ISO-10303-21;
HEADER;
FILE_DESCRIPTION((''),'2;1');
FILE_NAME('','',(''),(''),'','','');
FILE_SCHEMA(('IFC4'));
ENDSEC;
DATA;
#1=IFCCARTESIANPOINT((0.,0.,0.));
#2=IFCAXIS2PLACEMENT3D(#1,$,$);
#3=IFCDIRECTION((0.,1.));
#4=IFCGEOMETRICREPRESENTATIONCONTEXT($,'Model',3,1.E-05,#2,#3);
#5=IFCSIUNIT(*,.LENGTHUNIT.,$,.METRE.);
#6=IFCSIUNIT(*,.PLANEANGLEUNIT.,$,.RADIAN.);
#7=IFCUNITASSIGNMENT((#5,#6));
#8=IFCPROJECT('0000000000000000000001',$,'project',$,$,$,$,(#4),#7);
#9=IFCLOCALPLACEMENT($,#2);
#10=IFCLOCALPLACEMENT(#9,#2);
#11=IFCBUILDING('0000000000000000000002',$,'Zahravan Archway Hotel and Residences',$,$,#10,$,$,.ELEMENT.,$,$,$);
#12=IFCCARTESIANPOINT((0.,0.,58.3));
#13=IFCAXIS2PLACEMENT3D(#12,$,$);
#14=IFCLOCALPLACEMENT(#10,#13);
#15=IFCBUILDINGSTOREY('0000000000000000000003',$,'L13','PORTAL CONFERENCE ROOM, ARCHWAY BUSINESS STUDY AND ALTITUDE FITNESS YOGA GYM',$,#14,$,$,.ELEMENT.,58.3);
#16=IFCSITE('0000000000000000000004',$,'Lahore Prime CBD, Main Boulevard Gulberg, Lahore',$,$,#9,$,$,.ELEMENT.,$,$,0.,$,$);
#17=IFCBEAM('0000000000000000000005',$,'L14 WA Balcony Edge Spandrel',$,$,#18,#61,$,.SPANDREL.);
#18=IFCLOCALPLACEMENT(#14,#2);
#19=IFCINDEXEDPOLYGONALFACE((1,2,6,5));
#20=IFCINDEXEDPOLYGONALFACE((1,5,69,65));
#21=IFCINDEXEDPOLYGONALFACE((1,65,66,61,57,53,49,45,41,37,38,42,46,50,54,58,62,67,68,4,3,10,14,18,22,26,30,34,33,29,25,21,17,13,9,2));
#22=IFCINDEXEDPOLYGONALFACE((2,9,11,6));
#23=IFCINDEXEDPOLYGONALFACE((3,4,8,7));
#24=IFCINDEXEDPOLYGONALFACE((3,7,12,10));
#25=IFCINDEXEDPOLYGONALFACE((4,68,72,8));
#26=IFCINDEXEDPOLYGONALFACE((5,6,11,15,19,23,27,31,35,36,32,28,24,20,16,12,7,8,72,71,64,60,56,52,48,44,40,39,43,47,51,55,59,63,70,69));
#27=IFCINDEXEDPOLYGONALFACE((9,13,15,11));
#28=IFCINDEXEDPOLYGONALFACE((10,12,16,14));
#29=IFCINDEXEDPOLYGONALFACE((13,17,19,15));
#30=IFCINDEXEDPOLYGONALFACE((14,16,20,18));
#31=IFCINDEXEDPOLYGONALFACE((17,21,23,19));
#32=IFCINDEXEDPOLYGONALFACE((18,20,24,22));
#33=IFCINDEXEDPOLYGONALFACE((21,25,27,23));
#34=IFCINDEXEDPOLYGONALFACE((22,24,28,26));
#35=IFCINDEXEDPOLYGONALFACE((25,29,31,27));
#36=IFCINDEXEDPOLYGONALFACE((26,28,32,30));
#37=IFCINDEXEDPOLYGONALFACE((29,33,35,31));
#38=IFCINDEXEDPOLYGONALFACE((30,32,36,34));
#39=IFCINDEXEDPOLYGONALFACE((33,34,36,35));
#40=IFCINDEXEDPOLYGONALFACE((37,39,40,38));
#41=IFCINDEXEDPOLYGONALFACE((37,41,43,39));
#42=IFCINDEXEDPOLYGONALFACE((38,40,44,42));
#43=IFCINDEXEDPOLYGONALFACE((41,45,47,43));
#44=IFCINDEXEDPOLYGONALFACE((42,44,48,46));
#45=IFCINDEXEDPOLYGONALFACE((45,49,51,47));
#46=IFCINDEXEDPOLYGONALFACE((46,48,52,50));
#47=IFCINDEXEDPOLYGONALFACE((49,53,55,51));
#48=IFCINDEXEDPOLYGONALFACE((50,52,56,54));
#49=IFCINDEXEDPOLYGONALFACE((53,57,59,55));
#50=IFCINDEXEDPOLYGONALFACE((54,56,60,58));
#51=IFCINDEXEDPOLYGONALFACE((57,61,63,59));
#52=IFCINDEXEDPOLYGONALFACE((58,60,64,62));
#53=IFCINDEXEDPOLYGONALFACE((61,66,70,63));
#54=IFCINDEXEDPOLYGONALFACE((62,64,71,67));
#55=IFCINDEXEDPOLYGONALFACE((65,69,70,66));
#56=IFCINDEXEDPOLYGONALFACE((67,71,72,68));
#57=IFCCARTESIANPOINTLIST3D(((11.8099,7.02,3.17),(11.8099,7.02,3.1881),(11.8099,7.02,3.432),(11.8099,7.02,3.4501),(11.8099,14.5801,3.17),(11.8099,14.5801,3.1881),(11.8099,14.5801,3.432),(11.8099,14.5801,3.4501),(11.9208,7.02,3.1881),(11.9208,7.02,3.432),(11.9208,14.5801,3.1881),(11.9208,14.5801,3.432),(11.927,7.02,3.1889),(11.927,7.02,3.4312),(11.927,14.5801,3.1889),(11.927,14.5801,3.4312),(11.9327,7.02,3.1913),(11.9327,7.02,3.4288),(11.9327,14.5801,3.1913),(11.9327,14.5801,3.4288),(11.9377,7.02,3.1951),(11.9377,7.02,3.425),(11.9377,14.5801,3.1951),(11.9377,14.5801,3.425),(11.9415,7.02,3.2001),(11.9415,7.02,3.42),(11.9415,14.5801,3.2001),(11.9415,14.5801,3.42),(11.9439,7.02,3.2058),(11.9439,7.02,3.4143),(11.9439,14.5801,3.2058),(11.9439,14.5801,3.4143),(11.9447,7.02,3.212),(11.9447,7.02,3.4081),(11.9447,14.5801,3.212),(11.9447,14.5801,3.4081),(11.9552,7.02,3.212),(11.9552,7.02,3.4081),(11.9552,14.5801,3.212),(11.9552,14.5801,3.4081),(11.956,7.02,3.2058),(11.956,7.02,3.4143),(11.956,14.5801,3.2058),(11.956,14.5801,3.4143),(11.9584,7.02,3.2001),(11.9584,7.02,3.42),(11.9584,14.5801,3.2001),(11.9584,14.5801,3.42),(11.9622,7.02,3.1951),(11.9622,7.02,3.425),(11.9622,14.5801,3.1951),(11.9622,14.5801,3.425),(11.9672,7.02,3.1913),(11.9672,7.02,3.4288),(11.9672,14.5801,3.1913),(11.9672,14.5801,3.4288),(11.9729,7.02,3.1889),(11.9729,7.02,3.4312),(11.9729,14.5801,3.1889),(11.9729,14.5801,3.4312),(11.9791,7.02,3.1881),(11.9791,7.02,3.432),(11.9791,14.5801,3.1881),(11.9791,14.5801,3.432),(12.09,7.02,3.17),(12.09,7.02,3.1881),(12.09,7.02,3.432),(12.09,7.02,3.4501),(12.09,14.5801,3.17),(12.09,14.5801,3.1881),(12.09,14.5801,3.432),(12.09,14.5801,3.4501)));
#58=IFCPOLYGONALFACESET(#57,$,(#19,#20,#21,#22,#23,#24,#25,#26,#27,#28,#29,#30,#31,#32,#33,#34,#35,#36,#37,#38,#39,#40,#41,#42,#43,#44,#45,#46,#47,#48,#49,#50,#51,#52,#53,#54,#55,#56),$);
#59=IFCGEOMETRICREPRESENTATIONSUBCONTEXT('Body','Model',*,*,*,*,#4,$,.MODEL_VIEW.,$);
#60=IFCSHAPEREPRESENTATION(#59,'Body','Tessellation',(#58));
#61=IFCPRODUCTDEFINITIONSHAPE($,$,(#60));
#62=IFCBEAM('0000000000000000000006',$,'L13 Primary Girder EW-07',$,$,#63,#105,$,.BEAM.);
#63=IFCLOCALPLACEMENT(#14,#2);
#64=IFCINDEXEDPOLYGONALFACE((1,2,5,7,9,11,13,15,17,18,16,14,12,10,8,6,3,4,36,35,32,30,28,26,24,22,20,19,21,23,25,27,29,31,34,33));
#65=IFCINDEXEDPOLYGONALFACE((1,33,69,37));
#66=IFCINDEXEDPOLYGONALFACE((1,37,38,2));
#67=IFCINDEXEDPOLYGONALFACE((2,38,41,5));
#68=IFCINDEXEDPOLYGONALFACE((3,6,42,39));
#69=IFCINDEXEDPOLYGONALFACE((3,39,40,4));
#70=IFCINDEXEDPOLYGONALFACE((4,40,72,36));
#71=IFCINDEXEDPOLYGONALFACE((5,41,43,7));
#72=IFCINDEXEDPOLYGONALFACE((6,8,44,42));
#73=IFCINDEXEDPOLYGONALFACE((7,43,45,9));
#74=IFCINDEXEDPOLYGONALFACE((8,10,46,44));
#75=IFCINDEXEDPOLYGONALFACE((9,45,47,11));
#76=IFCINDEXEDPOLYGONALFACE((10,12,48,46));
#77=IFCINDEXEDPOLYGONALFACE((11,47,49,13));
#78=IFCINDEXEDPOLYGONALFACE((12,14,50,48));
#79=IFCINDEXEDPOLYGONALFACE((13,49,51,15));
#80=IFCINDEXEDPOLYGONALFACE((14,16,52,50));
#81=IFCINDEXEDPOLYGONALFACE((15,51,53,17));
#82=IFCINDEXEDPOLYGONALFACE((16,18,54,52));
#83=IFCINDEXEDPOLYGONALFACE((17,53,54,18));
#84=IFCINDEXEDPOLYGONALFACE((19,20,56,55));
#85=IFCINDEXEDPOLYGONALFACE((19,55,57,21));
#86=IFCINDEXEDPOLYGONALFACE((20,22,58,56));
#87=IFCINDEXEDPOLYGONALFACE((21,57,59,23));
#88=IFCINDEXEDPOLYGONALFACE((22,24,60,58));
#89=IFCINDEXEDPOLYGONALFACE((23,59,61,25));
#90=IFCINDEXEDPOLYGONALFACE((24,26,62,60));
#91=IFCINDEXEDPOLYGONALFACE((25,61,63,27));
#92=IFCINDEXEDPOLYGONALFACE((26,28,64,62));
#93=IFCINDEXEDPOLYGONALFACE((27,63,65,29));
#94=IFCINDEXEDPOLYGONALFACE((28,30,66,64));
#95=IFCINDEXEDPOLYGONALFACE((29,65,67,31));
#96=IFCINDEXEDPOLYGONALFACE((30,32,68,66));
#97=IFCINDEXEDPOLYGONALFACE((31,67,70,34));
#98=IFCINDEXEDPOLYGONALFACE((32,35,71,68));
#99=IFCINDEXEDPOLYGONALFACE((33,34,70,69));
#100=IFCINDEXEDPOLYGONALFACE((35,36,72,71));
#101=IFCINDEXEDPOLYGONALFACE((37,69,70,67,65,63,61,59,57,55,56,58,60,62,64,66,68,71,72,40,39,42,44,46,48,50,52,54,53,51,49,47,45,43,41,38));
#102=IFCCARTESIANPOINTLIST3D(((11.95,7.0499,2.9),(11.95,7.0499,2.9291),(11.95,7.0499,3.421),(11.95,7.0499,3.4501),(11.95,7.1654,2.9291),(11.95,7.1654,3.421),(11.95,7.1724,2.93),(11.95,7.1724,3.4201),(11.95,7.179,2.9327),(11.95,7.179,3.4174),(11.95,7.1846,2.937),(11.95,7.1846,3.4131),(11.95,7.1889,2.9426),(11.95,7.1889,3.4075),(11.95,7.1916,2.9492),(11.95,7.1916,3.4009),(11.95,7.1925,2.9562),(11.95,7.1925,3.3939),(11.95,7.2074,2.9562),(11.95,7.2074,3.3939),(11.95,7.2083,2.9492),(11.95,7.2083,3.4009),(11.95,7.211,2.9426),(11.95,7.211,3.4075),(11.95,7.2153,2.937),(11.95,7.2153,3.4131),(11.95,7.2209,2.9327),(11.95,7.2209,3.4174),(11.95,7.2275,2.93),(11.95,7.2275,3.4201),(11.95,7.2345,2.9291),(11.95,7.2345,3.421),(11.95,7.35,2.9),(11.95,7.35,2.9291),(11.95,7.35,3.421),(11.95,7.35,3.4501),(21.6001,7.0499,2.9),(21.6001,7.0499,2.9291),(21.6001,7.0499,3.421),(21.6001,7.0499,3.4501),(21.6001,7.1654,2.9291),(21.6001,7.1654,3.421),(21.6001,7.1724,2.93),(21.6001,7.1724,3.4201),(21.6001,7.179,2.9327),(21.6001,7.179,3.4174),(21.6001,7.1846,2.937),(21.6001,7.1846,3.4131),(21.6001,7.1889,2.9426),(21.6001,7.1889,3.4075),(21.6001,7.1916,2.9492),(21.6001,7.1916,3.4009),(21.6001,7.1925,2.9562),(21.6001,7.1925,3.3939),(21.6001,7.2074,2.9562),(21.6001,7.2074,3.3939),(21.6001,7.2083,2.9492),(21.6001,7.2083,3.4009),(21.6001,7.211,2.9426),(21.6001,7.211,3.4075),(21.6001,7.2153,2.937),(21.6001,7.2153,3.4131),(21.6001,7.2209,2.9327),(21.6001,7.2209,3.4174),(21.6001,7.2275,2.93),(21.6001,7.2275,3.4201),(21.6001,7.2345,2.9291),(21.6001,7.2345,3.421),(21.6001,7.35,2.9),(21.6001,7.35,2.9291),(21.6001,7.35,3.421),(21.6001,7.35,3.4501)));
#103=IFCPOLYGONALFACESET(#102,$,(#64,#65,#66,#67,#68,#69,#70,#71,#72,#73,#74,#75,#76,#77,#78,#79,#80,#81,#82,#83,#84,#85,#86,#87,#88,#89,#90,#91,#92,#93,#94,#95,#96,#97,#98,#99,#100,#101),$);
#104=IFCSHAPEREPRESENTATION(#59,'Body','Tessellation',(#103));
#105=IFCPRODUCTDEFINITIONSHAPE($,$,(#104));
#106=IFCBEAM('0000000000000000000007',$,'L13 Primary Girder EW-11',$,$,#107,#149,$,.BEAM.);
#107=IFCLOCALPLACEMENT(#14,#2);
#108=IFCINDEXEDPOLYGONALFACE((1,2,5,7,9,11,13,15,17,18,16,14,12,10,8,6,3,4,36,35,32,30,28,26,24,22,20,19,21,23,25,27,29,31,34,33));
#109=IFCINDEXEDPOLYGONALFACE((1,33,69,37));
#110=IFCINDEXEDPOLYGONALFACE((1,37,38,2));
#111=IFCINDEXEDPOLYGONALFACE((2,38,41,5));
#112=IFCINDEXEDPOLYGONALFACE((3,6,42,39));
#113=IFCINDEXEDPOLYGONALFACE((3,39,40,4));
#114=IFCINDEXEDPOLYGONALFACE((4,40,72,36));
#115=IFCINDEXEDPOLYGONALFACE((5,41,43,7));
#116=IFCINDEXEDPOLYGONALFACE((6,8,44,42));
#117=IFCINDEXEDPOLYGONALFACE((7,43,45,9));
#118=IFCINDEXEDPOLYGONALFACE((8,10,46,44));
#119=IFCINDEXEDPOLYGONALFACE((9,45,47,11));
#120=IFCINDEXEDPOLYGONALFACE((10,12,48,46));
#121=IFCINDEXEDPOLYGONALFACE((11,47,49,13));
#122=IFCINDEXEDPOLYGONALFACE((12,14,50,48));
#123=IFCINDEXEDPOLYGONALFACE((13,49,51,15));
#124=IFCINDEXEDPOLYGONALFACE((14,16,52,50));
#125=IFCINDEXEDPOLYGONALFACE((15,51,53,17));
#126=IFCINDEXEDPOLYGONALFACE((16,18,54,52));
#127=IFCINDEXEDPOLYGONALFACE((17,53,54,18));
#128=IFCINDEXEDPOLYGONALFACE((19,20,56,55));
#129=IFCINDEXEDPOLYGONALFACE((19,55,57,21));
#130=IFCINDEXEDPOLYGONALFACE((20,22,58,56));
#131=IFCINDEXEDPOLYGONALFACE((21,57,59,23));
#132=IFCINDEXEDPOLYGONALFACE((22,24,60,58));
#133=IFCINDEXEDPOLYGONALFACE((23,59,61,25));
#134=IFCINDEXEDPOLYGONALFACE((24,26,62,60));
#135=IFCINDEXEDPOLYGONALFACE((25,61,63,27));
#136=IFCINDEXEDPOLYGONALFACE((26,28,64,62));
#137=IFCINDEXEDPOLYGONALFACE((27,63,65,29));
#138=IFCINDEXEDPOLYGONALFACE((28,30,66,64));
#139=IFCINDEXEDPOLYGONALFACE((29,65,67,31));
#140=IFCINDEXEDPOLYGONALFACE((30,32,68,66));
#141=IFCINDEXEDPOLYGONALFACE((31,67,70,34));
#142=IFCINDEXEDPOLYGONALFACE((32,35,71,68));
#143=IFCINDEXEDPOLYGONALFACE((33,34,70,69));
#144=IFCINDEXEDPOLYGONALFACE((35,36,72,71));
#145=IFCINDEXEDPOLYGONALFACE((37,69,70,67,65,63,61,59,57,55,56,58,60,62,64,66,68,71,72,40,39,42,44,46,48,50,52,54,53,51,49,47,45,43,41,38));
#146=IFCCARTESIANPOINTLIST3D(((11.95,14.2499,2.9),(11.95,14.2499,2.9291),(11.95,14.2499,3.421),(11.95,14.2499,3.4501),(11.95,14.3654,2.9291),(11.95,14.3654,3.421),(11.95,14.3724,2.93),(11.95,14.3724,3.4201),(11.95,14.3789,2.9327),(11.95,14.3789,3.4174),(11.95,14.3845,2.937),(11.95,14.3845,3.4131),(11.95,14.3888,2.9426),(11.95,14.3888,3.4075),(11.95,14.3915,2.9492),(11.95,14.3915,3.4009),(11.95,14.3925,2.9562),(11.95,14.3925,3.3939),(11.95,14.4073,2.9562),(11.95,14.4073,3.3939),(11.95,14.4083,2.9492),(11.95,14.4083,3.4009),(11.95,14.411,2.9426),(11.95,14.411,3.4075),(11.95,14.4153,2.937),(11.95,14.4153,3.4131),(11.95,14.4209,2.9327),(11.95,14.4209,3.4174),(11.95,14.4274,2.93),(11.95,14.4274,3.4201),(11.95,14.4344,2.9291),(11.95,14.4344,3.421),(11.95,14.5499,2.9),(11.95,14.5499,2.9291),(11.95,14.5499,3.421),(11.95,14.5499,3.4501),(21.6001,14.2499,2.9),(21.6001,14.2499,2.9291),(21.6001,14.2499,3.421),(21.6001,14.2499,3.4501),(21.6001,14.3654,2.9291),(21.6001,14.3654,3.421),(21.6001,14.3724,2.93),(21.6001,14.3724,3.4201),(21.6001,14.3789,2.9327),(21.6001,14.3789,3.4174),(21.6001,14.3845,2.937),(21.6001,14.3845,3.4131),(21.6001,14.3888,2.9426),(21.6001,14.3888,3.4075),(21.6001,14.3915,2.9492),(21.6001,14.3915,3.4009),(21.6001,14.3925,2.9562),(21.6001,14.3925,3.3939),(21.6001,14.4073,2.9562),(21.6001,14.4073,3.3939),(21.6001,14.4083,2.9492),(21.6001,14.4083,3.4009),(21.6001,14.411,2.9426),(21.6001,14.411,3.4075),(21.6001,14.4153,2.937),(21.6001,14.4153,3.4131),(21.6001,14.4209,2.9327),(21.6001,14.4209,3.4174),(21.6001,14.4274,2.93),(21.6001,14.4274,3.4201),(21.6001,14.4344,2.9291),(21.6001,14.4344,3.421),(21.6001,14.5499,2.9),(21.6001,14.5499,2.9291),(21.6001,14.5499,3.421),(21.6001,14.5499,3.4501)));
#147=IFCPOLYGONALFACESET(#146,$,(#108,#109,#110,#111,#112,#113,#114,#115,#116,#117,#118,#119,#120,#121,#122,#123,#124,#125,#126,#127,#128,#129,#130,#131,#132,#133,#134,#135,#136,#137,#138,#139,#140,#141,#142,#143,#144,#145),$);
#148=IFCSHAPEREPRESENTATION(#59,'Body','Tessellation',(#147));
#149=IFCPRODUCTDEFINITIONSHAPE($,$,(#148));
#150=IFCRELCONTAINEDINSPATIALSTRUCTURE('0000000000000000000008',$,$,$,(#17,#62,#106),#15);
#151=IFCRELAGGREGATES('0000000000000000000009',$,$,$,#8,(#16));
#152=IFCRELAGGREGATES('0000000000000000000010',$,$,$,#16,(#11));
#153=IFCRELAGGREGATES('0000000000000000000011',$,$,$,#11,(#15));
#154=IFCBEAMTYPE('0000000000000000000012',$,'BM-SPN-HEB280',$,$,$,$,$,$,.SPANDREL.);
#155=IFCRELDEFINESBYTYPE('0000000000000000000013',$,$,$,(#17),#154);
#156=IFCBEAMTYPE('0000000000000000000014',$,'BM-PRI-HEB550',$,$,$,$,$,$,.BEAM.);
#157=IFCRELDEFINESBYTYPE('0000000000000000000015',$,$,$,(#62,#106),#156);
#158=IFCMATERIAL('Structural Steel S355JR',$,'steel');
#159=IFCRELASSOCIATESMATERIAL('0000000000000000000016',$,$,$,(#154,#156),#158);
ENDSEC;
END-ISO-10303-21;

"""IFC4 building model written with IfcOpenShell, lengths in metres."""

from ifc_helpers import new_model, si_unit, direction, frame, origin, origin_2d, place, context, subcontext, project, spatial, i_section, extrude, source, transform, mapped, material, material_profile, profile_set, type_object, type_shapes, element, save


model = new_model("IFC4")

# Units and contexts
model_context = context("Model", 3, precision=1e-05, world=origin(), true_north=direction((0.0, 1.0)))
body_context = subcontext(model_context, "Body", "Model", "MODEL_VIEW")
ifc_project = project(units=[si_unit("LENGTHUNIT", "METRE"), si_unit("PLANEANGLEUNIT", "RADIAN")], contexts=[model_context])

# Site, building, storey
site_placement = place(None, origin())
site = spatial("IfcSite", under=ifc_project, at=site_placement, Name="Lahore Prime CBD, Main Boulevard Gulberg, Lahore", CompositionType="ELEMENT", RefElevation=0.0)
building_placement = place(site_placement, origin())
building = spatial("IfcBuilding", under=site, at=building_placement, Name="Zahravan Archway Hotel and Residences", CompositionType="ELEMENT")
storey_placement = place(building_placement, frame((0.0, 0.0, 58.3)))
storey = spatial("IfcBuildingStorey", under=building, at=storey_placement, Name="L13", Description="PORTAL CONFERENCE ROOM, ARCHWAY BUSINESS STUDY AND ALTITUDE FITNESS YOGA GYM", CompositionType="ELEMENT", Elevation=58.3)

# Beams
ifc_material_1 = material(Name="Structural Steel S355JR", Category="steel")
ifc_material_profile_1 = material_profile(ifc_material_1, i_section(OverallWidth=0.28, OverallDepth=0.28, WebThickness=0.0105, FlangeThickness=0.0181, FilletRadius=0.0239, at=origin_2d()), Name="HEB 280", Category="steel")
ifc_profile_set_1 = profile_set([ifc_material_profile_1], Name="Structural Steel S355JR")
beam_type_1 = type_object("IfcBeamType", Name="BM-SPN-HEB280", PredefinedType="SPANDREL", material=ifc_profile_set_1)
shared_shape_1 = source(origin(), body_context, "Body", "SweptSolid", [
    extrude(i_section(OverallWidth=0.28, OverallDepth=0.28, WebThickness=0.0105, FlangeThickness=0.0181, FilletRadius=0.0239, at=origin_2d()), origin(), (0.0, 0.0, 1.0), 7.5601),
])
type_shapes(beam_type_1, [shared_shape_1])
beam_placement = place(storey_placement, frame((11.95, 7.02, 3.3101), z_axis=(0.0, 1.0, 0.0), x_axis=(-1.0, 0.0, 0.0)))
element("IfcBeam", 1, at=beam_placement, inside=storey, type_object=beam_type_1, Name="L14 WA Balcony Edge Spandrel", PredefinedType="SPANDREL", context=body_context, shape_type="MappedRepresentation", body=[
    mapped(shared_shape_1, transform((0.0, 0.0, 0.0), scale=1.0)),
])
ifc_material_profile_2 = material_profile(ifc_material_1, i_section(OverallWidth=0.3, OverallDepth=0.55, WebThickness=0.0149, FlangeThickness=0.0291, FilletRadius=0.0271, at=origin_2d()), Name="HEB 550", Category="steel")
ifc_profile_set_2 = profile_set([ifc_material_profile_2], Name="Structural Steel S355JR")
beam_type_2 = type_object("IfcBeamType", Name="BM-PRI-HEB550", PredefinedType="BEAM", material=ifc_profile_set_2)
shared_shape_2 = source(origin(), body_context, "Body", "SweptSolid", [
    extrude(i_section(OverallWidth=0.3, OverallDepth=0.55, WebThickness=0.0149, FlangeThickness=0.0291, FilletRadius=0.0271, at=origin_2d()), origin(), (0.0, 0.0, 1.0), 9.6501),
])
for number, where, z_axis, x_axis, name in (
    (2, (11.95, 7.2, 3.175), (1.0, 0.0, 0.0), (0.0, 1.0, 0.0), "L13 Primary Girder EW-07"),
    (3, (11.95, 14.3999, 3.175), (1.0, 0.0, 0.0), (0.0, 1.0, 0.0), "L13 Primary Girder EW-11"),
):
    element("IfcBeam", number, at=place(storey_placement, frame(where, z_axis=z_axis, x_axis=x_axis)), inside=storey, type_object=beam_type_2, Name=name, PredefinedType="BEAM", context=body_context, shape_type="MappedRepresentation", body=[
        mapped(shared_shape_2, transform((0.0, 0.0, 0.0), scale=1.0)),
    ])

save(model, "model.ifc")
